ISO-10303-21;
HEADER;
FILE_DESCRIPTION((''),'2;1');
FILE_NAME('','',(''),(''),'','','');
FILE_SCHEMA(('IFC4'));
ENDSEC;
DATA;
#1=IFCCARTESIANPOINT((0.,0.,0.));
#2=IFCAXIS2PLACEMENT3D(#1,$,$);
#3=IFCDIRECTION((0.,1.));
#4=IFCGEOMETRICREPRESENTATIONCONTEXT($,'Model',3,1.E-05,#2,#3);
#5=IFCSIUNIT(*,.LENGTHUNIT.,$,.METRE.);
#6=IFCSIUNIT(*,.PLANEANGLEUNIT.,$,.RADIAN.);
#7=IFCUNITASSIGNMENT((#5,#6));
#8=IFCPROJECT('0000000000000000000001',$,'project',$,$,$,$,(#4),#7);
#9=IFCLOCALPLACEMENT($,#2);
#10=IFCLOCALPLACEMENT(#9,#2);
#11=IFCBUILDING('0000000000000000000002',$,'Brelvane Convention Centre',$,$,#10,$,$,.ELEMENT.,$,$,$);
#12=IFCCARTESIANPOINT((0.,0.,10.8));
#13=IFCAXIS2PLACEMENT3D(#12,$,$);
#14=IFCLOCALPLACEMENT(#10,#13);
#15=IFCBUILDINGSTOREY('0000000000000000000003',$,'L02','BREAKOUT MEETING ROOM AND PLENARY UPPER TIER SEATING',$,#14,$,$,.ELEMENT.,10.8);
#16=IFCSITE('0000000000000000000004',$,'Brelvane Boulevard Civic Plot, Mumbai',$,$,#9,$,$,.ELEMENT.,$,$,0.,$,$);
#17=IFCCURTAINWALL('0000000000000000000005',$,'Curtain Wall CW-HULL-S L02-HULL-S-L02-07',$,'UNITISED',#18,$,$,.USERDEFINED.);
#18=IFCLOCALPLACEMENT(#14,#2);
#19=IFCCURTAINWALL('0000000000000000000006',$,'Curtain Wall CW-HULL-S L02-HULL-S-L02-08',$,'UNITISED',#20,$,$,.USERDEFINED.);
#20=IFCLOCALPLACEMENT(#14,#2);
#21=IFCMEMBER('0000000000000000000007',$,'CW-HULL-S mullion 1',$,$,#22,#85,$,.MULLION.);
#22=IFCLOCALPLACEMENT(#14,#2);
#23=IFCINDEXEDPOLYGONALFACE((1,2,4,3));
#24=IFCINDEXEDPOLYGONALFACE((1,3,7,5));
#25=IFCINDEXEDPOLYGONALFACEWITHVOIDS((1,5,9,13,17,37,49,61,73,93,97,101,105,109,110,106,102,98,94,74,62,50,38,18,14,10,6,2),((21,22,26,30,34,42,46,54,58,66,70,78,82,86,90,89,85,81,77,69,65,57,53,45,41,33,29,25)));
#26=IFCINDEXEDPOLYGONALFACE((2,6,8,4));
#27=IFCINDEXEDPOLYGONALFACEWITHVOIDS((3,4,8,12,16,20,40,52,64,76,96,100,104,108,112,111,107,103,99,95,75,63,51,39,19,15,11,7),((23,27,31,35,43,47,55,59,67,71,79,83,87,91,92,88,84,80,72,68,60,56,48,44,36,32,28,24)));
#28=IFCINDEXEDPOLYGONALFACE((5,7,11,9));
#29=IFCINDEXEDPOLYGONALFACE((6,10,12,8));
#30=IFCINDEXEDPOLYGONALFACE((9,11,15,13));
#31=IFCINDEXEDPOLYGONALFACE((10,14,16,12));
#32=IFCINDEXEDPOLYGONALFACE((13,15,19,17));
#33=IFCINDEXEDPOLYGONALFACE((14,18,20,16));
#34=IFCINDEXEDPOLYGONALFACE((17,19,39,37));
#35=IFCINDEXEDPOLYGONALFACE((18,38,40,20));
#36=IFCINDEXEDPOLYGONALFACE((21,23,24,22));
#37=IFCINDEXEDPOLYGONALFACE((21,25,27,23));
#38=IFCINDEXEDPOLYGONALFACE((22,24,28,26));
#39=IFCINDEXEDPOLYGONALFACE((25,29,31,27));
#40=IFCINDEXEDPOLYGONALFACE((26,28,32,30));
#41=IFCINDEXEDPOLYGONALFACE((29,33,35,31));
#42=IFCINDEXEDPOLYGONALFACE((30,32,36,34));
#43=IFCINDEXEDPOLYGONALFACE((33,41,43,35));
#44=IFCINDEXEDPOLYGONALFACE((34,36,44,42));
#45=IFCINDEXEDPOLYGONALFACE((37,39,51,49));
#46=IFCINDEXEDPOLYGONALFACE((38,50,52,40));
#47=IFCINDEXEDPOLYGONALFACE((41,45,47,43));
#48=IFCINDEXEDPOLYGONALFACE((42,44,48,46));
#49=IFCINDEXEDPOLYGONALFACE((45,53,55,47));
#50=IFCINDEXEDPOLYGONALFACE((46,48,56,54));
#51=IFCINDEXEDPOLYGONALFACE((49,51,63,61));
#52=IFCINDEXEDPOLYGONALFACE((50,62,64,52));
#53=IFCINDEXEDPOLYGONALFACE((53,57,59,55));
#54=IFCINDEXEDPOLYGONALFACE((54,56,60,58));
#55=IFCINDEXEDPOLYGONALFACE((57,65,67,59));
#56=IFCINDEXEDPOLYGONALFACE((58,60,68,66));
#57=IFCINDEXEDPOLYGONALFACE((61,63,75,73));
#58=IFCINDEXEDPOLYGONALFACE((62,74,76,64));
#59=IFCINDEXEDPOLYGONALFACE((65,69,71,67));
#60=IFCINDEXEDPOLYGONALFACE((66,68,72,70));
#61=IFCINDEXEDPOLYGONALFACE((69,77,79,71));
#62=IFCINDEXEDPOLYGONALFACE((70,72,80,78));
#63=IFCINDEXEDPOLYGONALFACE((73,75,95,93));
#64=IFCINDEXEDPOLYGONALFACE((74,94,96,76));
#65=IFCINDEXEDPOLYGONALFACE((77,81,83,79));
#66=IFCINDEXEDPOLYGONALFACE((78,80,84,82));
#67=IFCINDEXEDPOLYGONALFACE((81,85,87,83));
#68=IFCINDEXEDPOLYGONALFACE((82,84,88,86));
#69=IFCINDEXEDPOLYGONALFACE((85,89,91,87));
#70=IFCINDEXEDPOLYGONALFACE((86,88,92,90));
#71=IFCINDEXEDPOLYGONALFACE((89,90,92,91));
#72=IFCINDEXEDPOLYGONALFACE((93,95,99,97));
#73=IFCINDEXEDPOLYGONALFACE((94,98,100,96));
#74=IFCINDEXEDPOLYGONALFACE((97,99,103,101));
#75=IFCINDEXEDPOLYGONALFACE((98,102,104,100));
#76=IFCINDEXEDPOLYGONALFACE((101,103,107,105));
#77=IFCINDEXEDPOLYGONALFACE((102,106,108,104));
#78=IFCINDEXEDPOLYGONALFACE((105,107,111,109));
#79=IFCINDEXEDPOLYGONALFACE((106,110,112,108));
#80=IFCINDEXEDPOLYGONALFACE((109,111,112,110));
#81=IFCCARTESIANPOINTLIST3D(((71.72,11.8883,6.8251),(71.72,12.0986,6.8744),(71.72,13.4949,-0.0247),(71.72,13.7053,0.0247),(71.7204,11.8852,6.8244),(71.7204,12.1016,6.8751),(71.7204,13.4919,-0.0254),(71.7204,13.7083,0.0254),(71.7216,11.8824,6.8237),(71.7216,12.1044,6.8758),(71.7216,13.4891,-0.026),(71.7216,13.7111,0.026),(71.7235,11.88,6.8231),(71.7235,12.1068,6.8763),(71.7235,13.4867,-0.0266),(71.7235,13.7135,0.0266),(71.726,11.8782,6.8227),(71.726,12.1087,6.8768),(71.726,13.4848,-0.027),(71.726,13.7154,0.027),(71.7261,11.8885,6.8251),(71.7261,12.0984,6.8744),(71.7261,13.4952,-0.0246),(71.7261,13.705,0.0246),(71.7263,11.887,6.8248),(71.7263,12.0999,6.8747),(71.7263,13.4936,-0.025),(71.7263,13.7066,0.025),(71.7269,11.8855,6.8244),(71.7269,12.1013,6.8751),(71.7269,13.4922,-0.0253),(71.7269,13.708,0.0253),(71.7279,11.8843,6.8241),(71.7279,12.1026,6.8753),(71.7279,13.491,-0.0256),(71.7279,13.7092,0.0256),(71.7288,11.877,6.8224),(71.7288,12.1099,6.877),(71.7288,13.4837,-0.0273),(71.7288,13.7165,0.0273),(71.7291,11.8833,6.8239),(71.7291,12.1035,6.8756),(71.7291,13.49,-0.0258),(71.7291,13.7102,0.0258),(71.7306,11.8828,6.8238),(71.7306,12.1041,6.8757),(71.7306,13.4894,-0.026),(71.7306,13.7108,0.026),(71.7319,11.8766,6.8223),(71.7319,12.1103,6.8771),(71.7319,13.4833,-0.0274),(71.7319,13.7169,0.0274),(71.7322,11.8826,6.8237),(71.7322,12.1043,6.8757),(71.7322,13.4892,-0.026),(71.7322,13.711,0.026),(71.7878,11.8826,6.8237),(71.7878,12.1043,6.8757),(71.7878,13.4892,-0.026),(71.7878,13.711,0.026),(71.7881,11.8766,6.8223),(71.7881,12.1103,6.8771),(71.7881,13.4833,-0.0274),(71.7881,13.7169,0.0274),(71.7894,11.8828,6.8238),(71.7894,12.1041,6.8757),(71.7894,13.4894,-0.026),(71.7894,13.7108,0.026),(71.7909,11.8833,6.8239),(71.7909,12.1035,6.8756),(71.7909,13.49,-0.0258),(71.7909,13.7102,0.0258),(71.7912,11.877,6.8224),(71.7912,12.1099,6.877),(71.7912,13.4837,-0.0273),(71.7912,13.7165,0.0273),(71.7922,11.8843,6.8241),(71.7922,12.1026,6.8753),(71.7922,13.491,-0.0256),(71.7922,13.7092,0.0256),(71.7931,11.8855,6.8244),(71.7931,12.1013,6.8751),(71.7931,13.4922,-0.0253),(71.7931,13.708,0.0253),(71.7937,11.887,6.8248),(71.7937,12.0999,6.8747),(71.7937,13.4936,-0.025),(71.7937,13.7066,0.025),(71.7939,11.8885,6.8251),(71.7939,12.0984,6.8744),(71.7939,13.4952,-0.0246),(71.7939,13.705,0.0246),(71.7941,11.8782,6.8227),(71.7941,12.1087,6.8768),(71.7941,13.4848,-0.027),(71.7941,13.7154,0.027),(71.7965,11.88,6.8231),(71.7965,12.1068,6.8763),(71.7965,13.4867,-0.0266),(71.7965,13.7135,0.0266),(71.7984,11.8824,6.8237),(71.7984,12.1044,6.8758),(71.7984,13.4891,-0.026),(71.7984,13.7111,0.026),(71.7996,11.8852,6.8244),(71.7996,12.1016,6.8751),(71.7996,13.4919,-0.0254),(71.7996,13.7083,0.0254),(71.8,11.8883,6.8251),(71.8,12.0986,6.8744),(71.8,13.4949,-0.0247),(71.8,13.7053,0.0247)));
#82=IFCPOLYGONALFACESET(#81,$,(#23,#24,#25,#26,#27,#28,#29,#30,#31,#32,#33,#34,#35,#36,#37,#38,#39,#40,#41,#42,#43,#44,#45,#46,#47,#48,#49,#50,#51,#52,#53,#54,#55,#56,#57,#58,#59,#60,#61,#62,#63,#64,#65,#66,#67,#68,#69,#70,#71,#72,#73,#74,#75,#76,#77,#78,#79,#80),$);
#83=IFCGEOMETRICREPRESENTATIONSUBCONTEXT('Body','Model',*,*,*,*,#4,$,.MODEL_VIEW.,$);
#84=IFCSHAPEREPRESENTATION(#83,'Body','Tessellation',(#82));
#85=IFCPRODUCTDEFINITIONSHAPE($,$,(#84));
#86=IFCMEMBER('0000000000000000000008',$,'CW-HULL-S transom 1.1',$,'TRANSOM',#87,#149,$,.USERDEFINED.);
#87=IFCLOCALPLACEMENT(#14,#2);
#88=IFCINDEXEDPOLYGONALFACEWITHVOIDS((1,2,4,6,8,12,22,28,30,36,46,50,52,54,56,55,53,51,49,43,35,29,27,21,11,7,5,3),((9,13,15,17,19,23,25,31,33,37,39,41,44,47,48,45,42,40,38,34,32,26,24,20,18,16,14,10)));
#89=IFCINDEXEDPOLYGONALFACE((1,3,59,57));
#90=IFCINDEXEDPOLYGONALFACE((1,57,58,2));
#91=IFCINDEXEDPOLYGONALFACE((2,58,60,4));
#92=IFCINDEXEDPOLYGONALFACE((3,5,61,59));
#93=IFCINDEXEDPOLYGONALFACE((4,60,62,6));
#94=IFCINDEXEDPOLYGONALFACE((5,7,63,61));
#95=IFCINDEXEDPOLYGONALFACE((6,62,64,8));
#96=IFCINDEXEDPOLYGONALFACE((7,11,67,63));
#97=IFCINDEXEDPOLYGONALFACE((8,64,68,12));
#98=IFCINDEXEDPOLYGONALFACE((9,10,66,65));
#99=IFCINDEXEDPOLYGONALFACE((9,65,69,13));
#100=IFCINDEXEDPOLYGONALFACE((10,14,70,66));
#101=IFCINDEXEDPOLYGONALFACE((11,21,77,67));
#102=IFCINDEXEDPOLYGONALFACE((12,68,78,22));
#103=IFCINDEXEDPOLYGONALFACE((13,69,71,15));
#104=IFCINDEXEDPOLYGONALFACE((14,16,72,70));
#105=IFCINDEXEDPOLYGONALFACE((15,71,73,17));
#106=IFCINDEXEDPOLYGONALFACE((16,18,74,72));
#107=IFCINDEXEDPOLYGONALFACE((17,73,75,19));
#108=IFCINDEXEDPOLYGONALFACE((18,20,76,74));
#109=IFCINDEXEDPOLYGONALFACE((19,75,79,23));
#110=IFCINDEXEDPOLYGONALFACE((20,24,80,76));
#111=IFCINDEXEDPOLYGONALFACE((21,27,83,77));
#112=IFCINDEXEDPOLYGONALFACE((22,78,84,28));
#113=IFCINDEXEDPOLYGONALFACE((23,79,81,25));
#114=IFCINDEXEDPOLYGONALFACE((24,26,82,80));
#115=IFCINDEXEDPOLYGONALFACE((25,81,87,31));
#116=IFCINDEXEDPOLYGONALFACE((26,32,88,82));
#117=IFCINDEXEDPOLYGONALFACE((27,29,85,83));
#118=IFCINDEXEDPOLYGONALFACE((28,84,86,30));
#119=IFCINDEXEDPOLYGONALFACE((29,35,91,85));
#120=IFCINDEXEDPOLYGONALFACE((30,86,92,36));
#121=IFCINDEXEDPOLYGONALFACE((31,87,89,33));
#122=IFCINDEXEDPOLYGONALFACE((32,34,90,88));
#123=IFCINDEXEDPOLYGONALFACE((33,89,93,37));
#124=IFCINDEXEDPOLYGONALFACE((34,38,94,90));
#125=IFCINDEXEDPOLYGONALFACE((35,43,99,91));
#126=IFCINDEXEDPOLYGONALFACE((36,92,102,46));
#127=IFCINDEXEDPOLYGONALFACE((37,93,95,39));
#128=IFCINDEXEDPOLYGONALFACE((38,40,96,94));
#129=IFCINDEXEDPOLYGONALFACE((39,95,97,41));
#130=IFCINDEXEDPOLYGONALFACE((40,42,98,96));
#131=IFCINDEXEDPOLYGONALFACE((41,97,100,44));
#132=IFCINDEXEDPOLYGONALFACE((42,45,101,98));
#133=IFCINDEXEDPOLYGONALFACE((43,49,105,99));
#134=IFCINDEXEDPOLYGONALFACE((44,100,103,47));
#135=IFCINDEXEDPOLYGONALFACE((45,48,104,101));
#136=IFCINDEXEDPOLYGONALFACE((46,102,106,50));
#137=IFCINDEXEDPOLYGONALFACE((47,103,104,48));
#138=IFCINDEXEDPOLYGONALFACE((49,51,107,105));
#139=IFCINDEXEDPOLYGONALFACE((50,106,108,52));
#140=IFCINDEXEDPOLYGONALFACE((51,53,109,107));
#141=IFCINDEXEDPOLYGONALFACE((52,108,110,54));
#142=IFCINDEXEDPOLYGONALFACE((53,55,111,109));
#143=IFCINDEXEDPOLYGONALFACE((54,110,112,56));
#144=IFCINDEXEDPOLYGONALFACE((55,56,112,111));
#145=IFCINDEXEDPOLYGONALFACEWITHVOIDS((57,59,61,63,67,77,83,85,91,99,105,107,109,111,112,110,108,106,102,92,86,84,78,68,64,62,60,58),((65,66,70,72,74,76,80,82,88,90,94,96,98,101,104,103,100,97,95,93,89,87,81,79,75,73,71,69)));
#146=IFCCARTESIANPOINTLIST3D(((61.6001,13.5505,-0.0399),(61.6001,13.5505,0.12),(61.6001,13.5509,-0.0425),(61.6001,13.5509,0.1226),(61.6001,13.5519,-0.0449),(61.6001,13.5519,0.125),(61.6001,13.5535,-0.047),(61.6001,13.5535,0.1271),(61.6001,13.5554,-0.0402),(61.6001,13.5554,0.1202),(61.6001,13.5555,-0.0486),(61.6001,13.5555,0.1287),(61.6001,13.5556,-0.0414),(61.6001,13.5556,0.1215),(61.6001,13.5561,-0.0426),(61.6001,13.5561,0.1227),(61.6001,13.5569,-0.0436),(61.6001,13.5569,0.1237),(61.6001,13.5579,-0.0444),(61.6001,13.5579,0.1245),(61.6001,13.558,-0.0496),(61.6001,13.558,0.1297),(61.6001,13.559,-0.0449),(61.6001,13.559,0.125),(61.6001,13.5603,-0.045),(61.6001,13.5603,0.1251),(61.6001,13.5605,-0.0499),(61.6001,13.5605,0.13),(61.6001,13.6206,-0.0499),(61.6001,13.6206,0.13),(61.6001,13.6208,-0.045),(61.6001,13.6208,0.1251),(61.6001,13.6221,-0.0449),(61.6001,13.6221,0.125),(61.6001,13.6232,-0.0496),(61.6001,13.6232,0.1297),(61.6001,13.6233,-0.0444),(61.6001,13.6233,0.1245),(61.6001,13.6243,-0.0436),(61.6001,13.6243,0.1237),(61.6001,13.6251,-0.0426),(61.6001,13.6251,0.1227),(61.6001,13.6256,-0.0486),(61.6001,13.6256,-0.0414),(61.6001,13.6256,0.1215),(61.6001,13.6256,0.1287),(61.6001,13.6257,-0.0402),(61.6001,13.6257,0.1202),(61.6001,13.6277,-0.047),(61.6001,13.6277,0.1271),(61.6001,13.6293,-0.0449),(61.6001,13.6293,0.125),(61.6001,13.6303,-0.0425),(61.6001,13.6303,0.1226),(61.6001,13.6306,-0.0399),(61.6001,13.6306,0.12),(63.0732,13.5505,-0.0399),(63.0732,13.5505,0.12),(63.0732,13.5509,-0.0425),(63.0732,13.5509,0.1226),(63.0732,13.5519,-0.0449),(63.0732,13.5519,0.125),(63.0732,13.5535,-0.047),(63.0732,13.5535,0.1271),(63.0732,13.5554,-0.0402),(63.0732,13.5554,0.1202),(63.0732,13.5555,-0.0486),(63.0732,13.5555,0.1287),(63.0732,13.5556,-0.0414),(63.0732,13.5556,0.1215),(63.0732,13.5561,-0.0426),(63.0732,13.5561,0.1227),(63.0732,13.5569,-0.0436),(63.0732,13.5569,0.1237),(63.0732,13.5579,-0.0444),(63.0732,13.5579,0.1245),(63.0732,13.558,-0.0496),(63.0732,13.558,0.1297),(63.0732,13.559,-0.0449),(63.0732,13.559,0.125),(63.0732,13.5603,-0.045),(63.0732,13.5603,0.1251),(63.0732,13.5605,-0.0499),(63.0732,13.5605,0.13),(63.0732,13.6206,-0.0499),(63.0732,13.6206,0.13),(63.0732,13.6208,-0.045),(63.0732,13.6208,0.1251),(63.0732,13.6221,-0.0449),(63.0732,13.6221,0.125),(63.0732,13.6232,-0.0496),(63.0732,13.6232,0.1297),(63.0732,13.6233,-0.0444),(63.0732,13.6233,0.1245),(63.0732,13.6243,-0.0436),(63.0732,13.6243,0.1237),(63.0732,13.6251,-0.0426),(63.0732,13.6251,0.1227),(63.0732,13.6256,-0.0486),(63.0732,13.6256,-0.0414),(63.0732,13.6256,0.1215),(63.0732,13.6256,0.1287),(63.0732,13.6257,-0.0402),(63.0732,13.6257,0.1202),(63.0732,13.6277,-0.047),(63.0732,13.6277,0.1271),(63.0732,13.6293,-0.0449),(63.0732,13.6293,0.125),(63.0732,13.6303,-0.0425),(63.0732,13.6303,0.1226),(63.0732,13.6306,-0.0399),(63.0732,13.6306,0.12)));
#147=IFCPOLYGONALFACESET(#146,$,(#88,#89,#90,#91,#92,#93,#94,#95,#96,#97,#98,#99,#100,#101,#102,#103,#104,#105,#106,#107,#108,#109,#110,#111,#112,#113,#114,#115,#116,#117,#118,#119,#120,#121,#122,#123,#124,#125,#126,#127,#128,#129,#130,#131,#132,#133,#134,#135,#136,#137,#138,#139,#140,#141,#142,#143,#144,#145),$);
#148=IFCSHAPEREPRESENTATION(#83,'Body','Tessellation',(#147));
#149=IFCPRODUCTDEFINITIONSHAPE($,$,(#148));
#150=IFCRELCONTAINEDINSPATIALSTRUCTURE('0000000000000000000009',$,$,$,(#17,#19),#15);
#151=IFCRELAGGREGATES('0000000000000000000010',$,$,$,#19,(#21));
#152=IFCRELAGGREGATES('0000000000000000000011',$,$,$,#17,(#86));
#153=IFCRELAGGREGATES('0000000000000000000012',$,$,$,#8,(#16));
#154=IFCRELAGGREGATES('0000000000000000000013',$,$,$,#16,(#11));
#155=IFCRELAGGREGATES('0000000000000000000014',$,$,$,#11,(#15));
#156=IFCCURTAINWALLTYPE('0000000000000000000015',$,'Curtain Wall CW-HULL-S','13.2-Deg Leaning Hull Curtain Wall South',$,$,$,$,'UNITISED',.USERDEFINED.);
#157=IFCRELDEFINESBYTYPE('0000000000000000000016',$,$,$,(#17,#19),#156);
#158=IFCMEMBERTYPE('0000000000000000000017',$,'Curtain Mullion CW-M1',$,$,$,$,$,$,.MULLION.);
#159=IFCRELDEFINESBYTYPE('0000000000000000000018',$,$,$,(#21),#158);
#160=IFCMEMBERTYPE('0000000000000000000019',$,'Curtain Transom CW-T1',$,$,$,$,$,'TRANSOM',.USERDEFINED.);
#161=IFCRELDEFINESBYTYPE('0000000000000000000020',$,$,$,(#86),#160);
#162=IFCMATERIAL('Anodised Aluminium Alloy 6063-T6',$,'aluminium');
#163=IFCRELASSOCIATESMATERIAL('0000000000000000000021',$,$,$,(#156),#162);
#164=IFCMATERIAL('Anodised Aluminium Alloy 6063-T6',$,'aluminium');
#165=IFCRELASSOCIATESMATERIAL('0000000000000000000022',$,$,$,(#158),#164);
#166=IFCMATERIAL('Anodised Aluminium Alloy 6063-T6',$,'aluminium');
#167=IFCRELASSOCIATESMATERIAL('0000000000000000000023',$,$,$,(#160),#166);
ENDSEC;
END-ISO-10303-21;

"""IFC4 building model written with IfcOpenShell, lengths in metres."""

from ifc_helpers import new_model, si_unit, direction, frame, origin, origin_2d, place, context, subcontext, project, spatial, hollow_rectangle, extrude, material, material_profile, profile_set, type_object, element, aggregate, save


model = new_model("IFC4")

# Units and contexts
model_context = context("Model", 3, precision=1e-05, world=origin(), true_north=direction((0.0, 1.0)))
body_context = subcontext(model_context, "Body", "Model", "MODEL_VIEW")
ifc_project = project(units=[si_unit("LENGTHUNIT", "METRE"), si_unit("PLANEANGLEUNIT", "RADIAN")], contexts=[model_context])

# Site, building, storey
site_placement = place(None, origin())
site = spatial("IfcSite", under=ifc_project, at=site_placement, Name="Brelvane Boulevard Civic Plot, Mumbai", CompositionType="ELEMENT", RefElevation=0.0)
building_placement = place(site_placement, origin())
building = spatial("IfcBuilding", under=site, at=building_placement, Name="Brelvane Convention Centre", CompositionType="ELEMENT")
storey_placement = place(building_placement, frame((0.0, 0.0, 10.8)))
storey = spatial("IfcBuildingStorey", under=building, at=storey_placement, Name="L02", Description="BREAKOUT MEETING ROOM AND PLENARY UPPER TIER SEATING", CompositionType="ELEMENT", Elevation=10.8)

# Curtain wall
ifc_material_1 = material(Name="Anodised Aluminium Alloy 6063-T6", Category="aluminium")
curtain_wall_type = type_object("IfcCurtainWallType", Name="Curtain Wall CW-HULL-S", Description="13.2-Deg Leaning Hull Curtain Wall South", ElementType="UNITISED", PredefinedType="USERDEFINED", material=ifc_material_1)
curtain_wall_1_placement = place(storey_placement, origin())
curtain_wall_1 = element("IfcCurtainWall", 1, at=curtain_wall_1_placement, inside=storey, type_object=curtain_wall_type, Name="Curtain Wall CW-HULL-S L02-HULL-S-L02-07", ObjectType="UNITISED", PredefinedType="USERDEFINED")
ifc_material_2 = material(Name="Anodised Aluminium Alloy 6063-T6", Category="aluminium")
ifc_material_profile_1 = material_profile(ifc_material_2, hollow_rectangle(XDim=0.0801, YDim=0.24, WallThickness=0.0061, InnerFilletRadius=0.0061, OuterFilletRadius=0.012, at=origin_2d()), Name="ALU-M 240x80x6.0")
ifc_profile_set_1 = profile_set([ifc_material_profile_1], Name="Anodised Aluminium Alloy 6063-T6")
member_type_1 = type_object("IfcMemberType", Name="Curtain Mullion CW-M1", PredefinedType="MULLION", material=ifc_profile_set_1)

# Curtain wall, member
curtain_wall_2_placement = place(storey_placement, origin())
curtain_wall_2 = element("IfcCurtainWall", 2, at=curtain_wall_2_placement, inside=storey, type_object=curtain_wall_type, Name="Curtain Wall CW-HULL-S L02-HULL-S-L02-08", ObjectType="UNITISED", PredefinedType="USERDEFINED")
member_1_placement = place(storey_placement, frame((71.76, 13.6001, 0.0), z_axis=(0.0, -0.22836, 0.973577), x_axis=(1.0, 0.0, 0.0)))
member_1 = element("IfcMember", 3, at=member_1_placement, type_object=member_type_1, Name="CW-HULL-S mullion 1", PredefinedType="MULLION", context=body_context, shape_type="SweptSolid", body=[
    extrude(hollow_rectangle(XDim=0.0801, YDim=0.24, WallThickness=0.0061, InnerFilletRadius=0.0061, OuterFilletRadius=0.012, at=origin_2d()), origin(), (0.0, 0.0, 1.0), 7.0356),
])
aggregate(curtain_wall_2, [member_1])

# Member
ifc_material_3 = material(Name="Anodised Aluminium Alloy 6063-T6", Category="aluminium")
ifc_material_profile_2 = material_profile(ifc_material_3, hollow_rectangle(XDim=0.0801, YDim=0.1799, WallThickness=0.0049, InnerFilletRadius=0.0049, OuterFilletRadius=0.01, at=origin_2d()), Name="ALU-T 180x80x5.0")
ifc_profile_set_2 = profile_set([ifc_material_profile_2], Name="Anodised Aluminium Alloy 6063-T6")
member_type_2 = type_object("IfcMemberType", Name="Curtain Transom CW-T1", ElementType="TRANSOM", PredefinedType="USERDEFINED", material=ifc_profile_set_2)
member_2_placement = place(storey_placement, frame((61.6001, 13.5906, 0.04), z_axis=(1.0, 0.0, 0.0), x_axis=(0.0, 1.0, 0.0)))
member_2 = element("IfcMember", 4, at=member_2_placement, type_object=member_type_2, Name="CW-HULL-S transom 1.1", ObjectType="TRANSOM", PredefinedType="USERDEFINED", context=body_context, shape_type="SweptSolid", body=[
    extrude(hollow_rectangle(XDim=0.0801, YDim=0.1799, WallThickness=0.0049, InnerFilletRadius=0.0049, OuterFilletRadius=0.01, at=origin_2d()), origin(), (0.0, 0.0, 1.0), 1.4731),
])

aggregate(curtain_wall_1, [member_2])

save(model, "model.ifc")
